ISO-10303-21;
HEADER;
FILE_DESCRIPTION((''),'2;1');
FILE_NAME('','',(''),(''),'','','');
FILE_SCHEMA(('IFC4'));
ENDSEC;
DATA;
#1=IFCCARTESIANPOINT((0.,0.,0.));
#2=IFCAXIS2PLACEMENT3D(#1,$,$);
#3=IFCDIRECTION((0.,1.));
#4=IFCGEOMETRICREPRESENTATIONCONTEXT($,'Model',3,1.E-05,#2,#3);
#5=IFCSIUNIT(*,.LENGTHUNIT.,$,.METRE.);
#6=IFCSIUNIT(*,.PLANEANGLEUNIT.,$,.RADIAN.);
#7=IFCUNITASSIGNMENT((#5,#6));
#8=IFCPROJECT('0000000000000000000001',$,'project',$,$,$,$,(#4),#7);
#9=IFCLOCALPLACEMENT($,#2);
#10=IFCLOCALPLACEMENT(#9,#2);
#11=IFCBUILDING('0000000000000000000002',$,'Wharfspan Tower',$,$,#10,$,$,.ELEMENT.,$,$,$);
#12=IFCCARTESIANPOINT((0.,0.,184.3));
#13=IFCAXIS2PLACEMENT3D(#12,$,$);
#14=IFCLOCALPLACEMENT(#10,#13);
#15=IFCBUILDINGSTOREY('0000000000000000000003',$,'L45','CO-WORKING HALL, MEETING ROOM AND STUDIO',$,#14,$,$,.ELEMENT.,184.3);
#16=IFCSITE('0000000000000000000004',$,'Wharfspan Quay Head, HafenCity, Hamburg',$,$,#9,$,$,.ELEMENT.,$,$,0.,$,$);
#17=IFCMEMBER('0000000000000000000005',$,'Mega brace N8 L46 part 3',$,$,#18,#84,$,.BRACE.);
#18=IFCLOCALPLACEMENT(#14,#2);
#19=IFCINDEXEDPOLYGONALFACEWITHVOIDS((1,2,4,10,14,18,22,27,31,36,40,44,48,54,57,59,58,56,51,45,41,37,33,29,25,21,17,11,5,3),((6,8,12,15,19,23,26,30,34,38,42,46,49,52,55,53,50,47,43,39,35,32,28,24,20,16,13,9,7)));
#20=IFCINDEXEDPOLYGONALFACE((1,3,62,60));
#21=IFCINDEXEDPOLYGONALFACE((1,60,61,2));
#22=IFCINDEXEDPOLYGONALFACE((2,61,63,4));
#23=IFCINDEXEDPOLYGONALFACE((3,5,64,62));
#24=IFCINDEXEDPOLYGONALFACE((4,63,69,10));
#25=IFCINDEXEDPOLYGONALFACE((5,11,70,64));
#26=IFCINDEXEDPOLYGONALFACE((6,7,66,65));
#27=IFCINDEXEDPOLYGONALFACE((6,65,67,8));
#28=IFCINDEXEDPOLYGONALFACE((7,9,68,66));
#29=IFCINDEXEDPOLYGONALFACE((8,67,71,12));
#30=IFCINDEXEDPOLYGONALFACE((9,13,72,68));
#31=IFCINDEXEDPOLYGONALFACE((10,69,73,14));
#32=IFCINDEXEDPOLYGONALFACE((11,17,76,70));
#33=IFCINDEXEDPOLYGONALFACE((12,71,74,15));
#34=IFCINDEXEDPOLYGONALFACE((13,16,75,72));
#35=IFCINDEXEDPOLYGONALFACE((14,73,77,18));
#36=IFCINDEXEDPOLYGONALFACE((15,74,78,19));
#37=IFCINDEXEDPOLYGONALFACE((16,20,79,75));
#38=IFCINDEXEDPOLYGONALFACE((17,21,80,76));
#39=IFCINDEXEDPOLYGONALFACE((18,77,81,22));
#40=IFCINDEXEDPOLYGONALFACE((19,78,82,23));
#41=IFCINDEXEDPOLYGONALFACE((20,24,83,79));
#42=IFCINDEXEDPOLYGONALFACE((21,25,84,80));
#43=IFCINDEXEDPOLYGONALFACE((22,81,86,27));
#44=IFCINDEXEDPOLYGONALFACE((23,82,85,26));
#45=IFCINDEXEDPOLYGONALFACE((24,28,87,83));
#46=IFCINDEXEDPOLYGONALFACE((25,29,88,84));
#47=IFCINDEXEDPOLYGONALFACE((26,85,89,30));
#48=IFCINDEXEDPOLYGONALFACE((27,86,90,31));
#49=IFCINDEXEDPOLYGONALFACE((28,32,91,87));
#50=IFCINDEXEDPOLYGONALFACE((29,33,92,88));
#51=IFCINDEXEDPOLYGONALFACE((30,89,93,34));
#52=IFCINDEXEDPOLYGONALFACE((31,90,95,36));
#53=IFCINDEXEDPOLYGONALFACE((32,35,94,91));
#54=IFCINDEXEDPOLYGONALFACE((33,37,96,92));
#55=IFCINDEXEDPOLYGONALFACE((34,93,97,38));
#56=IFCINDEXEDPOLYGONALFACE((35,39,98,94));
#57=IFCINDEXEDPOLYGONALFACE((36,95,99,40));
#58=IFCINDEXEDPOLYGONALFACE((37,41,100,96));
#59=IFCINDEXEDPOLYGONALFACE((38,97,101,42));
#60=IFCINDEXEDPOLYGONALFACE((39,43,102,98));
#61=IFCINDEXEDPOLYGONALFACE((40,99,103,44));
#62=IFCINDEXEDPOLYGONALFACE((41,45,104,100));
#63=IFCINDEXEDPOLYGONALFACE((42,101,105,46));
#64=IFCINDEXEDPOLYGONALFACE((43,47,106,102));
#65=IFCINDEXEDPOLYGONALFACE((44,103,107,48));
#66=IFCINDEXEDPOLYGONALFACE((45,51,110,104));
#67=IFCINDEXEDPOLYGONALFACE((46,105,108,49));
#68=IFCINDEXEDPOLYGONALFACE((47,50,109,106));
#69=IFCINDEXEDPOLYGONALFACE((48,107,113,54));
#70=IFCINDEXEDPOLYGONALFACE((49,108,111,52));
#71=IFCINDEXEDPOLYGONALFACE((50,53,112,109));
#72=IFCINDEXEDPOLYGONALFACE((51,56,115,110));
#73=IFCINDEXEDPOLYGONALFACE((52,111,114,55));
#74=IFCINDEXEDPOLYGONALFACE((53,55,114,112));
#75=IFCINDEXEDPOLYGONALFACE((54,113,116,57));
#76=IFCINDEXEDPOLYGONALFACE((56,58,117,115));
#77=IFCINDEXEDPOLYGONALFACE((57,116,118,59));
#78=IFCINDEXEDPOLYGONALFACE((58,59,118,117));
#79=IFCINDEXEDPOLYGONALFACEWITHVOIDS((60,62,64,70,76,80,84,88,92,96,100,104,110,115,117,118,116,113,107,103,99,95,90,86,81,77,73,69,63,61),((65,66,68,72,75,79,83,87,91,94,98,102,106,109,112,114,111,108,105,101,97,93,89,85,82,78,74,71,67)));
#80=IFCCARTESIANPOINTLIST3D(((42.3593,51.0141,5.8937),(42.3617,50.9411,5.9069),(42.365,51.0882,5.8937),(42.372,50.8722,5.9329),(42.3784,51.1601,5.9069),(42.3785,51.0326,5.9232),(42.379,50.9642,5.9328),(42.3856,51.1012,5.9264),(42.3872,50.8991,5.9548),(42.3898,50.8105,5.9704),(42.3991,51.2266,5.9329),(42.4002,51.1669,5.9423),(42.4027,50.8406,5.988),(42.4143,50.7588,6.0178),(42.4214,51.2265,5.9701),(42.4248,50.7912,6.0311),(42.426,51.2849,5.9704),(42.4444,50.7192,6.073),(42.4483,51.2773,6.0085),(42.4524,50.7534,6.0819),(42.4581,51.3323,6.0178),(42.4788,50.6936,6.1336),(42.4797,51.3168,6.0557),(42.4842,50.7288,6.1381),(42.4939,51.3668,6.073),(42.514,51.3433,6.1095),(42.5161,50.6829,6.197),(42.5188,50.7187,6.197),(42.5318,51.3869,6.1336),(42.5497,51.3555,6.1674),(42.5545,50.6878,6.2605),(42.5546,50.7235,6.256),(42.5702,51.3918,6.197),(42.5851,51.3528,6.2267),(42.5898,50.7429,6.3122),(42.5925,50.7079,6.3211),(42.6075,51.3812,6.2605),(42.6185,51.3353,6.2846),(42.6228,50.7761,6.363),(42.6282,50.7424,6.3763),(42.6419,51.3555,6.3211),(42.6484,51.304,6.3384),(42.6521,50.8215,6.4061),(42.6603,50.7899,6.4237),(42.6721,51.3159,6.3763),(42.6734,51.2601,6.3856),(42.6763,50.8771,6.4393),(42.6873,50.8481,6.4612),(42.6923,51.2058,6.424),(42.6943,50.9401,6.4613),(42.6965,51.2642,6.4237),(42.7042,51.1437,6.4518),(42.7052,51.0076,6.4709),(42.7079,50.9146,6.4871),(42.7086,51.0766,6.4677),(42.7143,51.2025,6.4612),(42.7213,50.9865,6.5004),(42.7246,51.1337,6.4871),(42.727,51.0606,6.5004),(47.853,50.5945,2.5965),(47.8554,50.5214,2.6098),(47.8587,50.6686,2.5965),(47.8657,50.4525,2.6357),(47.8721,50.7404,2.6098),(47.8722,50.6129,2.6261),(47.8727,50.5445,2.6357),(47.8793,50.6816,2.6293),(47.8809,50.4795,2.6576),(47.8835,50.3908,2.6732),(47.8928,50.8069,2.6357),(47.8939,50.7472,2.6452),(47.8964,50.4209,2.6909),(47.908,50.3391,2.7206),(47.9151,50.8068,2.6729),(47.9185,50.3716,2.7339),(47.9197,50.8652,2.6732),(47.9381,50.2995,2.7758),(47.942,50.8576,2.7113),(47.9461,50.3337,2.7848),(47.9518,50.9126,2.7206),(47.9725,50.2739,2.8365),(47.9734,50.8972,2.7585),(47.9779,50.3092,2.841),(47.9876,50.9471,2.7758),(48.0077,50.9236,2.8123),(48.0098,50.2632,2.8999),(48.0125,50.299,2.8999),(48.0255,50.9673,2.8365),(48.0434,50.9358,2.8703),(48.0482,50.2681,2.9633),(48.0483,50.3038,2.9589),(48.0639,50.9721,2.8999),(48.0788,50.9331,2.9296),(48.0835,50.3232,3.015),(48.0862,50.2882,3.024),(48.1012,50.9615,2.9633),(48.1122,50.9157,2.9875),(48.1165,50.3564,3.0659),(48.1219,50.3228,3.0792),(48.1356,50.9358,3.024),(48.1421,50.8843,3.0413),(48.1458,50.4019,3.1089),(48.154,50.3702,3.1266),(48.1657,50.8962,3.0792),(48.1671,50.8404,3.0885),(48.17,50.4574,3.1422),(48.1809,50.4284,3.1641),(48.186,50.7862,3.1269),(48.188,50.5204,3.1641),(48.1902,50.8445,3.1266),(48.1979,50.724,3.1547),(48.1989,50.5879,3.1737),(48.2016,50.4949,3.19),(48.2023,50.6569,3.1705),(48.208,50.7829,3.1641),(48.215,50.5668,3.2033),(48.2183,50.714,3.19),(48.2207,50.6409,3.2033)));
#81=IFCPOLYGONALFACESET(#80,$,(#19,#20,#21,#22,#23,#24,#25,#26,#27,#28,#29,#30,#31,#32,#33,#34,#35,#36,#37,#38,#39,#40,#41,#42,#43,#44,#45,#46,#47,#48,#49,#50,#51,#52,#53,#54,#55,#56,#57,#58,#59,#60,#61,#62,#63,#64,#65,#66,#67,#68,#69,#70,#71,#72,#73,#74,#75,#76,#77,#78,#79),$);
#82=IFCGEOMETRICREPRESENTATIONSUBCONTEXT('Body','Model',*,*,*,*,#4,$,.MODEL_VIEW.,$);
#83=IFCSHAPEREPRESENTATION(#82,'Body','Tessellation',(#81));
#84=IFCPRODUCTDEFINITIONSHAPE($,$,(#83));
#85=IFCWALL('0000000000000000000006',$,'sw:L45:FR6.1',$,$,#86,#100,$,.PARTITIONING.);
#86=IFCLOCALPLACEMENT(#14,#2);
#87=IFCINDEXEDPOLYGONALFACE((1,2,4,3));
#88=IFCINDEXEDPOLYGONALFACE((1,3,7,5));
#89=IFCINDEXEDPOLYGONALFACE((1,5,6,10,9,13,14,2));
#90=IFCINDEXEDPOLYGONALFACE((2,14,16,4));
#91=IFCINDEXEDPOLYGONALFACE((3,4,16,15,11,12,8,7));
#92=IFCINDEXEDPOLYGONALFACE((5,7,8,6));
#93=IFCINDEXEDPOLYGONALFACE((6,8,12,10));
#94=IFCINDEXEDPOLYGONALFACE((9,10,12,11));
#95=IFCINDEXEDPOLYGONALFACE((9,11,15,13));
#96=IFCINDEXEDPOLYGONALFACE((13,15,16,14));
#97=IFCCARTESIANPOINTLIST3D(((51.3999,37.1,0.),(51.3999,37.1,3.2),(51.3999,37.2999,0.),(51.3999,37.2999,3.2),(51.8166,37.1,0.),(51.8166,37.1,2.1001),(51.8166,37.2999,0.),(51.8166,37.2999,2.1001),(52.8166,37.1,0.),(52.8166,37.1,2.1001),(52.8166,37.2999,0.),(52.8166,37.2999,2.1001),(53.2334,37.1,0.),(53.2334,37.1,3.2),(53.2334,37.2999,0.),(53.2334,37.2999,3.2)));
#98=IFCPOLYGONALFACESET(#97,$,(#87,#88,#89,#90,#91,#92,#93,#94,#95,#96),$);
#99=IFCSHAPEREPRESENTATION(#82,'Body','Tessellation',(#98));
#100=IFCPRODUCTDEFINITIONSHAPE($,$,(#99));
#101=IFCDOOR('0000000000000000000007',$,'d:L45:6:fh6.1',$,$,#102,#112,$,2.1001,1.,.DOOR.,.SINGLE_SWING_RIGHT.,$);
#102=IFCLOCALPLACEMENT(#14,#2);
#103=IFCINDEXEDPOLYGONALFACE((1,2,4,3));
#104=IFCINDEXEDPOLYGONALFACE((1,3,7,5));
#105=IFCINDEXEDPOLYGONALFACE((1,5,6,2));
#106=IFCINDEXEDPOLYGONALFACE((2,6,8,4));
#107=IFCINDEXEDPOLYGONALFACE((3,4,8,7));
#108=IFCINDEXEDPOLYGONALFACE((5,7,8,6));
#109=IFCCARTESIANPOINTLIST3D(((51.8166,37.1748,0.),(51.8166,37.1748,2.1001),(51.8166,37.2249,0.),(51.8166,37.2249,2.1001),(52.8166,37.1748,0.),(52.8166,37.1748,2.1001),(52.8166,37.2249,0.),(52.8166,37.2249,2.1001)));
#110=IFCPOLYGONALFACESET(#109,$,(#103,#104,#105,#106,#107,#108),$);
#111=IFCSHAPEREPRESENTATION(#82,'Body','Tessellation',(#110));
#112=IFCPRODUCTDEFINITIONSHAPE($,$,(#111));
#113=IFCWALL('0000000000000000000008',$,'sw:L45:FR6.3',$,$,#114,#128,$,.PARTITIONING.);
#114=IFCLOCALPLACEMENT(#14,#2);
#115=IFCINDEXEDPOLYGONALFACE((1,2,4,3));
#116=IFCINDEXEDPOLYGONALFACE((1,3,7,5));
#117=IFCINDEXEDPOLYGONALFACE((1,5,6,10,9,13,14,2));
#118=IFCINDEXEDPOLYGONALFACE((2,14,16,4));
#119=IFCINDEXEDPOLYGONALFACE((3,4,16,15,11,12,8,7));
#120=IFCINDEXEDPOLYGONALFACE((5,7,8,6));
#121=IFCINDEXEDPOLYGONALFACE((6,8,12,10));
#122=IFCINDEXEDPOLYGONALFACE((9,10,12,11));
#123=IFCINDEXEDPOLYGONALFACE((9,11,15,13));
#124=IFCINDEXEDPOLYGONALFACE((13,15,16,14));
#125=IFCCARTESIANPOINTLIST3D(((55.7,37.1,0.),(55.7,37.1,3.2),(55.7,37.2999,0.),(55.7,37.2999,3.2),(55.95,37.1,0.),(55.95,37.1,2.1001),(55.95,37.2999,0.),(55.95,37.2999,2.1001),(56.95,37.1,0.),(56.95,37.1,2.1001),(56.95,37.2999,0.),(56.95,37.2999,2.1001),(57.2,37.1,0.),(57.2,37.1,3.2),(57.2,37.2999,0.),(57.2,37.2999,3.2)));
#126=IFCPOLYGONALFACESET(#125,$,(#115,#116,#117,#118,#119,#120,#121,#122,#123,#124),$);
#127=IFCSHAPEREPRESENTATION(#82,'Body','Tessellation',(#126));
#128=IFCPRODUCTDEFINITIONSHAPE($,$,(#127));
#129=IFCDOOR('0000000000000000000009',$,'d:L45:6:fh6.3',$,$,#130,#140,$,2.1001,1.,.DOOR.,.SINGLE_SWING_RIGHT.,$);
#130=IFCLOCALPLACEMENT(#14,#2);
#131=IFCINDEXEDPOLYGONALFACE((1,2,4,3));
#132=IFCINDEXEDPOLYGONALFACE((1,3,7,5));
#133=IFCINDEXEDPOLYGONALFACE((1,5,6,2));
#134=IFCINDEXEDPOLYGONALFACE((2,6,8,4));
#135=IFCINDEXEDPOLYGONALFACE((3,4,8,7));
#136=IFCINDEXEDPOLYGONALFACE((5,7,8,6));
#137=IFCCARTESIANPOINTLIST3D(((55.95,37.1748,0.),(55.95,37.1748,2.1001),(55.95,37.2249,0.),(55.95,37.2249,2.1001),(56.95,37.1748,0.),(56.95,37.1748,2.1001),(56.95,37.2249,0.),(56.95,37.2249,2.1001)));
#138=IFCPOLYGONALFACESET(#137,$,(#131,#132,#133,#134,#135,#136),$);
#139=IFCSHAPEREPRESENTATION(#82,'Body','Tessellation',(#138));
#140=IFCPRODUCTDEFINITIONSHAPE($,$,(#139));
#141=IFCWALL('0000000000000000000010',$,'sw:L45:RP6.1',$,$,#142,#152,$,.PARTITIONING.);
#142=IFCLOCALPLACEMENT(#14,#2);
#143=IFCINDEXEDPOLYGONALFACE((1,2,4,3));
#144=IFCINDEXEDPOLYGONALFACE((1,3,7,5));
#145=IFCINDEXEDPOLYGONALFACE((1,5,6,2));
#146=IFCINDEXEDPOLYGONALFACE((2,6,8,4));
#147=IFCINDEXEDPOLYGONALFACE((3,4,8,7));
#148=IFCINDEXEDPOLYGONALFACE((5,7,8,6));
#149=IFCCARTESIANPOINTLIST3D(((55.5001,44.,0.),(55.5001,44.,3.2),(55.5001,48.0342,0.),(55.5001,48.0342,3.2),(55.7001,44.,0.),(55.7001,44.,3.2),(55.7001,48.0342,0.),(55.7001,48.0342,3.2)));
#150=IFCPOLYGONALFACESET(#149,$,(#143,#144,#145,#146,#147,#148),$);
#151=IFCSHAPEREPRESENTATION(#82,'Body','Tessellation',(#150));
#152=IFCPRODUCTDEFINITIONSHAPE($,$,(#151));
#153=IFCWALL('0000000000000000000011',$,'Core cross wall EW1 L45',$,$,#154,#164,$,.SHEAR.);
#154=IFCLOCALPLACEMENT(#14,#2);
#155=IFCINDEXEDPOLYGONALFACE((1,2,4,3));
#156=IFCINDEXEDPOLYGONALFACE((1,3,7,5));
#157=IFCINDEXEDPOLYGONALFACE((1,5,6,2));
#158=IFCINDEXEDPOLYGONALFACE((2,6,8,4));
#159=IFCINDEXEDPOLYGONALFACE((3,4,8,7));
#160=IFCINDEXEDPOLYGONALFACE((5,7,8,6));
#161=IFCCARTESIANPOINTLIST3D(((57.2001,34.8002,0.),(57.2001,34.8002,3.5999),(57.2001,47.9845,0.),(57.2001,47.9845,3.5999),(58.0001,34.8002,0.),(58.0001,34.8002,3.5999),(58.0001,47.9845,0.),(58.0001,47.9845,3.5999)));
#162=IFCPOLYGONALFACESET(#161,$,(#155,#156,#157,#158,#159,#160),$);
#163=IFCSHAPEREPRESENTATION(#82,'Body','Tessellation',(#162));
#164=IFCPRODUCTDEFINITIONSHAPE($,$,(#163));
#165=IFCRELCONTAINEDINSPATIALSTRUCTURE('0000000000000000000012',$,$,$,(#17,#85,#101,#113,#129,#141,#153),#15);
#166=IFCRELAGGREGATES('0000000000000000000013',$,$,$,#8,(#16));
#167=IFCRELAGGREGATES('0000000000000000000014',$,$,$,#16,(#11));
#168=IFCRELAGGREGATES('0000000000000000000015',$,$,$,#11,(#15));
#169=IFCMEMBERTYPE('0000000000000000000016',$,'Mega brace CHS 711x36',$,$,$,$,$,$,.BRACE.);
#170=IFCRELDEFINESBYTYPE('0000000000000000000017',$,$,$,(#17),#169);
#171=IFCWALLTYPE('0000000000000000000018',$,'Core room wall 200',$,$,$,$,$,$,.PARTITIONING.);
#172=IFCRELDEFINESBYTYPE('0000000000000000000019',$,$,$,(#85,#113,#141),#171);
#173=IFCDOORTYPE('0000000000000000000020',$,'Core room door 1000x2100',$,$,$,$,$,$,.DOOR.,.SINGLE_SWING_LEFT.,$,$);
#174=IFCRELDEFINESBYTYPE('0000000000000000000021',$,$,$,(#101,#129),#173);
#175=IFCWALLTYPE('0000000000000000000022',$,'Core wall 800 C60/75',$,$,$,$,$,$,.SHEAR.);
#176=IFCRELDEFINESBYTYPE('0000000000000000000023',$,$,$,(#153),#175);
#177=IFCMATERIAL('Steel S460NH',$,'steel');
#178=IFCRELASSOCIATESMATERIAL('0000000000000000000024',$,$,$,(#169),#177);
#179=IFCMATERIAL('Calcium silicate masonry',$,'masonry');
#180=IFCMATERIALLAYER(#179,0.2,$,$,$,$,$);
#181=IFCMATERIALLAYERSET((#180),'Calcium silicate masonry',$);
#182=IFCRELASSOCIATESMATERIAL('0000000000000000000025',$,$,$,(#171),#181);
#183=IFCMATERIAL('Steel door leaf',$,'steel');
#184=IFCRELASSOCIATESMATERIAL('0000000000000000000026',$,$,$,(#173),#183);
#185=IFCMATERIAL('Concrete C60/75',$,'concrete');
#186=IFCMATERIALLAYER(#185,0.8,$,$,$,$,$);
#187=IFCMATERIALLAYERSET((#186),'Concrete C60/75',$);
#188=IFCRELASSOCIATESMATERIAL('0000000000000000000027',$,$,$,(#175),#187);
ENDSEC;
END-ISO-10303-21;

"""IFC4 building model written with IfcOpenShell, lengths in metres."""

from ifc_helpers import new_model, si_unit, direction, frame, frame_2d, origin, origin_2d, place, context, subcontext, project, spatial, rectangle, hollow_circle, extrude, material, layer, layer_set, material_profile, profile_set, type_object, element, fill, save


model = new_model("IFC4")

# Units and contexts
model_context = context("Model", 3, precision=1e-05, world=origin(), true_north=direction((0.0, 1.0)))
body_context = subcontext(model_context, "Body", "Model", "MODEL_VIEW")
ifc_project = project(units=[si_unit("LENGTHUNIT", "METRE"), si_unit("PLANEANGLEUNIT", "RADIAN")], contexts=[model_context])

# Site, building, storey
site_placement = place(None, origin())
site = spatial("IfcSite", under=ifc_project, at=site_placement, Name="Wharfspan Quay Head, HafenCity, Hamburg", CompositionType="ELEMENT", RefElevation=0.0)
building_placement = place(site_placement, origin())
building = spatial("IfcBuilding", under=site, at=building_placement, Name="Wharfspan Tower", CompositionType="ELEMENT")
storey_placement = place(building_placement, frame((0.0, 0.0, 184.3)))
storey = spatial("IfcBuildingStorey", under=building, at=storey_placement, Name="L45", Description="CO-WORKING HALL, MEETING ROOM AND STUDIO", CompositionType="ELEMENT", Elevation=184.3)

# Member
ifc_material_1 = material(Name="Steel S460NH", Category="steel")
ifc_material_profile = material_profile(ifc_material_1, hollow_circle(Radius=0.3555, WallThickness=0.0359, at=origin_2d()))
ifc_profile_set = profile_set([ifc_material_profile], Name="Steel S460NH")
member_type = type_object("IfcMemberType", Name="Mega brace CHS 711x36", PredefinedType="BRACE", material=ifc_profile_set)
member_placement = place(storey_placement, frame((48.0369, 50.6177, 2.8999), z_axis=(-0.855596, 0.065362, 0.513502), x_axis=(-0.076171, -0.997095, 0.000001)))
element("IfcMember", 1, at=member_placement, inside=storey, type_object=member_type, Name="Mega brace N8 L46 part 3", PredefinedType="BRACE", context=body_context, shape_type="SweptSolid", body=[
    extrude(hollow_circle(Radius=0.3555, WallThickness=0.0359, at=origin_2d()), origin(), (0.0, 0.0, 1.0), 6.4209),
])

# Walls, openings, doors
ifc_material_2 = material(Name="Calcium silicate masonry", Category="masonry")
ifc_layer_1 = layer(ifc_material_2, 0.2)
ifc_layer_set_1 = layer_set([ifc_layer_1], Name="Calcium silicate masonry")
wall_type_1 = type_object("IfcWallType", Name="Core room wall 200", PredefinedType="PARTITIONING", material=ifc_layer_set_1)
wall_1_placement = place(storey_placement, frame((51.3999, 37.2, 0.0), z_axis=(0.0, 0.0, 1.0), x_axis=(1.0, 0.0, 0.0)))
wall_1 = element("IfcWall", 2, at=wall_1_placement, inside=storey, type_object=wall_type_1, Name="sw:L45:FR6.1", PredefinedType="PARTITIONING", context=body_context, shape_type="SweptSolid", body=[
    extrude(rectangle(XDim=1.8335, YDim=0.2, at=frame_2d((0.9167, 0.0))), origin(), (0.0, 0.0, 1.0), 3.2),
])
opening_1_placement = place(wall_1_placement, frame((0.4167, 0.0, 0.0)))
opening_1 = element("IfcOpeningElement", 3, at=opening_1_placement, cuts=wall_1, PredefinedType="OPENING", context=body_context, shape_type="SweptSolid", body=[
    extrude(rectangle(XDim=1.0, YDim=2.1001, at=frame_2d((0.5, 1.05))), frame((0.0, 0.1099, 0.0), z_axis=(0.0, -1.0, 0.0), x_axis=(1.0, 0.0, 0.0)), (0.0, 0.0, 1.0), 0.22),
])
ifc_material_3 = material(Name="Steel door leaf", Category="steel")
door_type_1 = type_object("IfcDoorType", Name="Core room door 1000x2100", OperationType="SINGLE_SWING_LEFT", PredefinedType="DOOR", material=ifc_material_3)
door_1_placement = place(opening_1_placement, origin())
door_1 = element("IfcDoor", 4, at=door_1_placement, inside=storey, type_object=door_type_1, Name="d:L45:6:fh6.1", OperationType="SINGLE_SWING_RIGHT", OverallHeight=2.1001, OverallWidth=1.0, PredefinedType="DOOR", context=body_context, shape_type="SweptSolid", body=[
    extrude(rectangle(XDim=1.0, YDim=2.1001, at=frame_2d((0.5, 1.05))), frame((0.0, 0.0249, 0.0), z_axis=(0.0, -1.0, 0.0), x_axis=(1.0, 0.0, 0.0)), (0.0, 0.0, 1.0), 0.05),
])
fill(opening_1, door_1)
wall_2_placement = place(storey_placement, frame((55.7, 37.2, 0.0), z_axis=(0.0, 0.0, 1.0), x_axis=(1.0, 0.0, 0.0)))
wall_2 = element("IfcWall", 5, at=wall_2_placement, inside=storey, type_object=wall_type_1, Name="sw:L45:FR6.3", PredefinedType="PARTITIONING", context=body_context, shape_type="SweptSolid", body=[
    extrude(rectangle(XDim=1.5, YDim=0.2, at=frame_2d((0.75, 0.0))), origin(), (0.0, 0.0, 1.0), 3.2),
])
opening_2_placement = place(wall_2_placement, frame((0.25, 0.0, 0.0)))
opening_2 = element("IfcOpeningElement", 6, at=opening_2_placement, cuts=wall_2, PredefinedType="OPENING", context=body_context, shape_type="SweptSolid", body=[
    extrude(rectangle(XDim=1.0, YDim=2.1001, at=frame_2d((0.5, 1.05))), frame((0.0, 0.1099, 0.0), z_axis=(0.0, -1.0, 0.0), x_axis=(1.0, 0.0, 0.0)), (0.0, 0.0, 1.0), 0.22),
])
door_2_placement = place(opening_2_placement, origin())
door_2 = element("IfcDoor", 7, at=door_2_placement, inside=storey, type_object=door_type_1, Name="d:L45:6:fh6.3", OperationType="SINGLE_SWING_RIGHT", OverallHeight=2.1001, OverallWidth=1.0, PredefinedType="DOOR", context=body_context, shape_type="SweptSolid", body=[
    extrude(rectangle(XDim=1.0, YDim=2.1001, at=frame_2d((0.5, 1.05))), frame((0.0, 0.0249, 0.0), z_axis=(0.0, -1.0, 0.0), x_axis=(1.0, 0.0, 0.0)), (0.0, 0.0, 1.0), 0.05),
])
fill(opening_2, door_2)

# Walls
wall_3_placement = place(storey_placement, frame((55.6001, 44.0, 0.0), z_axis=(0.0, 0.0, 1.0), x_axis=(0.0, 1.0, 0.0)))
element("IfcWall", 8, at=wall_3_placement, inside=storey, type_object=wall_type_1, Name="sw:L45:RP6.1", PredefinedType="PARTITIONING", context=body_context, shape_type="SweptSolid", body=[
    extrude(rectangle(XDim=4.0342, YDim=0.2, at=frame_2d((2.0171, 0.0))), origin(), (0.0, 0.0, 1.0), 3.2),
])
ifc_material_4 = material(Name="Concrete C60/75", Category="concrete")
ifc_layer_2 = layer(ifc_material_4, 0.8)
ifc_layer_set_2 = layer_set([ifc_layer_2], Name="Concrete C60/75")
wall_type_2 = type_object("IfcWallType", Name="Core wall 800 C60/75", PredefinedType="SHEAR", material=ifc_layer_set_2)
wall_4_placement = place(storey_placement, frame((57.6001, 34.8, 0.0), z_axis=(0.0, 0.0, 1.0), x_axis=(0.0, 1.0, 0.0)))
element("IfcWall", 9, at=wall_4_placement, inside=storey, type_object=wall_type_2, Name="Core cross wall EW1 L45", PredefinedType="SHEAR", context=body_context, shape_type="SweptSolid", body=[
    extrude(rectangle(XDim=13.1843, YDim=0.8, at=frame_2d((6.5923, 0.0))), origin(), (0.0, 0.0, 1.0), 3.5999),
])

save(model, "model.ifc")
